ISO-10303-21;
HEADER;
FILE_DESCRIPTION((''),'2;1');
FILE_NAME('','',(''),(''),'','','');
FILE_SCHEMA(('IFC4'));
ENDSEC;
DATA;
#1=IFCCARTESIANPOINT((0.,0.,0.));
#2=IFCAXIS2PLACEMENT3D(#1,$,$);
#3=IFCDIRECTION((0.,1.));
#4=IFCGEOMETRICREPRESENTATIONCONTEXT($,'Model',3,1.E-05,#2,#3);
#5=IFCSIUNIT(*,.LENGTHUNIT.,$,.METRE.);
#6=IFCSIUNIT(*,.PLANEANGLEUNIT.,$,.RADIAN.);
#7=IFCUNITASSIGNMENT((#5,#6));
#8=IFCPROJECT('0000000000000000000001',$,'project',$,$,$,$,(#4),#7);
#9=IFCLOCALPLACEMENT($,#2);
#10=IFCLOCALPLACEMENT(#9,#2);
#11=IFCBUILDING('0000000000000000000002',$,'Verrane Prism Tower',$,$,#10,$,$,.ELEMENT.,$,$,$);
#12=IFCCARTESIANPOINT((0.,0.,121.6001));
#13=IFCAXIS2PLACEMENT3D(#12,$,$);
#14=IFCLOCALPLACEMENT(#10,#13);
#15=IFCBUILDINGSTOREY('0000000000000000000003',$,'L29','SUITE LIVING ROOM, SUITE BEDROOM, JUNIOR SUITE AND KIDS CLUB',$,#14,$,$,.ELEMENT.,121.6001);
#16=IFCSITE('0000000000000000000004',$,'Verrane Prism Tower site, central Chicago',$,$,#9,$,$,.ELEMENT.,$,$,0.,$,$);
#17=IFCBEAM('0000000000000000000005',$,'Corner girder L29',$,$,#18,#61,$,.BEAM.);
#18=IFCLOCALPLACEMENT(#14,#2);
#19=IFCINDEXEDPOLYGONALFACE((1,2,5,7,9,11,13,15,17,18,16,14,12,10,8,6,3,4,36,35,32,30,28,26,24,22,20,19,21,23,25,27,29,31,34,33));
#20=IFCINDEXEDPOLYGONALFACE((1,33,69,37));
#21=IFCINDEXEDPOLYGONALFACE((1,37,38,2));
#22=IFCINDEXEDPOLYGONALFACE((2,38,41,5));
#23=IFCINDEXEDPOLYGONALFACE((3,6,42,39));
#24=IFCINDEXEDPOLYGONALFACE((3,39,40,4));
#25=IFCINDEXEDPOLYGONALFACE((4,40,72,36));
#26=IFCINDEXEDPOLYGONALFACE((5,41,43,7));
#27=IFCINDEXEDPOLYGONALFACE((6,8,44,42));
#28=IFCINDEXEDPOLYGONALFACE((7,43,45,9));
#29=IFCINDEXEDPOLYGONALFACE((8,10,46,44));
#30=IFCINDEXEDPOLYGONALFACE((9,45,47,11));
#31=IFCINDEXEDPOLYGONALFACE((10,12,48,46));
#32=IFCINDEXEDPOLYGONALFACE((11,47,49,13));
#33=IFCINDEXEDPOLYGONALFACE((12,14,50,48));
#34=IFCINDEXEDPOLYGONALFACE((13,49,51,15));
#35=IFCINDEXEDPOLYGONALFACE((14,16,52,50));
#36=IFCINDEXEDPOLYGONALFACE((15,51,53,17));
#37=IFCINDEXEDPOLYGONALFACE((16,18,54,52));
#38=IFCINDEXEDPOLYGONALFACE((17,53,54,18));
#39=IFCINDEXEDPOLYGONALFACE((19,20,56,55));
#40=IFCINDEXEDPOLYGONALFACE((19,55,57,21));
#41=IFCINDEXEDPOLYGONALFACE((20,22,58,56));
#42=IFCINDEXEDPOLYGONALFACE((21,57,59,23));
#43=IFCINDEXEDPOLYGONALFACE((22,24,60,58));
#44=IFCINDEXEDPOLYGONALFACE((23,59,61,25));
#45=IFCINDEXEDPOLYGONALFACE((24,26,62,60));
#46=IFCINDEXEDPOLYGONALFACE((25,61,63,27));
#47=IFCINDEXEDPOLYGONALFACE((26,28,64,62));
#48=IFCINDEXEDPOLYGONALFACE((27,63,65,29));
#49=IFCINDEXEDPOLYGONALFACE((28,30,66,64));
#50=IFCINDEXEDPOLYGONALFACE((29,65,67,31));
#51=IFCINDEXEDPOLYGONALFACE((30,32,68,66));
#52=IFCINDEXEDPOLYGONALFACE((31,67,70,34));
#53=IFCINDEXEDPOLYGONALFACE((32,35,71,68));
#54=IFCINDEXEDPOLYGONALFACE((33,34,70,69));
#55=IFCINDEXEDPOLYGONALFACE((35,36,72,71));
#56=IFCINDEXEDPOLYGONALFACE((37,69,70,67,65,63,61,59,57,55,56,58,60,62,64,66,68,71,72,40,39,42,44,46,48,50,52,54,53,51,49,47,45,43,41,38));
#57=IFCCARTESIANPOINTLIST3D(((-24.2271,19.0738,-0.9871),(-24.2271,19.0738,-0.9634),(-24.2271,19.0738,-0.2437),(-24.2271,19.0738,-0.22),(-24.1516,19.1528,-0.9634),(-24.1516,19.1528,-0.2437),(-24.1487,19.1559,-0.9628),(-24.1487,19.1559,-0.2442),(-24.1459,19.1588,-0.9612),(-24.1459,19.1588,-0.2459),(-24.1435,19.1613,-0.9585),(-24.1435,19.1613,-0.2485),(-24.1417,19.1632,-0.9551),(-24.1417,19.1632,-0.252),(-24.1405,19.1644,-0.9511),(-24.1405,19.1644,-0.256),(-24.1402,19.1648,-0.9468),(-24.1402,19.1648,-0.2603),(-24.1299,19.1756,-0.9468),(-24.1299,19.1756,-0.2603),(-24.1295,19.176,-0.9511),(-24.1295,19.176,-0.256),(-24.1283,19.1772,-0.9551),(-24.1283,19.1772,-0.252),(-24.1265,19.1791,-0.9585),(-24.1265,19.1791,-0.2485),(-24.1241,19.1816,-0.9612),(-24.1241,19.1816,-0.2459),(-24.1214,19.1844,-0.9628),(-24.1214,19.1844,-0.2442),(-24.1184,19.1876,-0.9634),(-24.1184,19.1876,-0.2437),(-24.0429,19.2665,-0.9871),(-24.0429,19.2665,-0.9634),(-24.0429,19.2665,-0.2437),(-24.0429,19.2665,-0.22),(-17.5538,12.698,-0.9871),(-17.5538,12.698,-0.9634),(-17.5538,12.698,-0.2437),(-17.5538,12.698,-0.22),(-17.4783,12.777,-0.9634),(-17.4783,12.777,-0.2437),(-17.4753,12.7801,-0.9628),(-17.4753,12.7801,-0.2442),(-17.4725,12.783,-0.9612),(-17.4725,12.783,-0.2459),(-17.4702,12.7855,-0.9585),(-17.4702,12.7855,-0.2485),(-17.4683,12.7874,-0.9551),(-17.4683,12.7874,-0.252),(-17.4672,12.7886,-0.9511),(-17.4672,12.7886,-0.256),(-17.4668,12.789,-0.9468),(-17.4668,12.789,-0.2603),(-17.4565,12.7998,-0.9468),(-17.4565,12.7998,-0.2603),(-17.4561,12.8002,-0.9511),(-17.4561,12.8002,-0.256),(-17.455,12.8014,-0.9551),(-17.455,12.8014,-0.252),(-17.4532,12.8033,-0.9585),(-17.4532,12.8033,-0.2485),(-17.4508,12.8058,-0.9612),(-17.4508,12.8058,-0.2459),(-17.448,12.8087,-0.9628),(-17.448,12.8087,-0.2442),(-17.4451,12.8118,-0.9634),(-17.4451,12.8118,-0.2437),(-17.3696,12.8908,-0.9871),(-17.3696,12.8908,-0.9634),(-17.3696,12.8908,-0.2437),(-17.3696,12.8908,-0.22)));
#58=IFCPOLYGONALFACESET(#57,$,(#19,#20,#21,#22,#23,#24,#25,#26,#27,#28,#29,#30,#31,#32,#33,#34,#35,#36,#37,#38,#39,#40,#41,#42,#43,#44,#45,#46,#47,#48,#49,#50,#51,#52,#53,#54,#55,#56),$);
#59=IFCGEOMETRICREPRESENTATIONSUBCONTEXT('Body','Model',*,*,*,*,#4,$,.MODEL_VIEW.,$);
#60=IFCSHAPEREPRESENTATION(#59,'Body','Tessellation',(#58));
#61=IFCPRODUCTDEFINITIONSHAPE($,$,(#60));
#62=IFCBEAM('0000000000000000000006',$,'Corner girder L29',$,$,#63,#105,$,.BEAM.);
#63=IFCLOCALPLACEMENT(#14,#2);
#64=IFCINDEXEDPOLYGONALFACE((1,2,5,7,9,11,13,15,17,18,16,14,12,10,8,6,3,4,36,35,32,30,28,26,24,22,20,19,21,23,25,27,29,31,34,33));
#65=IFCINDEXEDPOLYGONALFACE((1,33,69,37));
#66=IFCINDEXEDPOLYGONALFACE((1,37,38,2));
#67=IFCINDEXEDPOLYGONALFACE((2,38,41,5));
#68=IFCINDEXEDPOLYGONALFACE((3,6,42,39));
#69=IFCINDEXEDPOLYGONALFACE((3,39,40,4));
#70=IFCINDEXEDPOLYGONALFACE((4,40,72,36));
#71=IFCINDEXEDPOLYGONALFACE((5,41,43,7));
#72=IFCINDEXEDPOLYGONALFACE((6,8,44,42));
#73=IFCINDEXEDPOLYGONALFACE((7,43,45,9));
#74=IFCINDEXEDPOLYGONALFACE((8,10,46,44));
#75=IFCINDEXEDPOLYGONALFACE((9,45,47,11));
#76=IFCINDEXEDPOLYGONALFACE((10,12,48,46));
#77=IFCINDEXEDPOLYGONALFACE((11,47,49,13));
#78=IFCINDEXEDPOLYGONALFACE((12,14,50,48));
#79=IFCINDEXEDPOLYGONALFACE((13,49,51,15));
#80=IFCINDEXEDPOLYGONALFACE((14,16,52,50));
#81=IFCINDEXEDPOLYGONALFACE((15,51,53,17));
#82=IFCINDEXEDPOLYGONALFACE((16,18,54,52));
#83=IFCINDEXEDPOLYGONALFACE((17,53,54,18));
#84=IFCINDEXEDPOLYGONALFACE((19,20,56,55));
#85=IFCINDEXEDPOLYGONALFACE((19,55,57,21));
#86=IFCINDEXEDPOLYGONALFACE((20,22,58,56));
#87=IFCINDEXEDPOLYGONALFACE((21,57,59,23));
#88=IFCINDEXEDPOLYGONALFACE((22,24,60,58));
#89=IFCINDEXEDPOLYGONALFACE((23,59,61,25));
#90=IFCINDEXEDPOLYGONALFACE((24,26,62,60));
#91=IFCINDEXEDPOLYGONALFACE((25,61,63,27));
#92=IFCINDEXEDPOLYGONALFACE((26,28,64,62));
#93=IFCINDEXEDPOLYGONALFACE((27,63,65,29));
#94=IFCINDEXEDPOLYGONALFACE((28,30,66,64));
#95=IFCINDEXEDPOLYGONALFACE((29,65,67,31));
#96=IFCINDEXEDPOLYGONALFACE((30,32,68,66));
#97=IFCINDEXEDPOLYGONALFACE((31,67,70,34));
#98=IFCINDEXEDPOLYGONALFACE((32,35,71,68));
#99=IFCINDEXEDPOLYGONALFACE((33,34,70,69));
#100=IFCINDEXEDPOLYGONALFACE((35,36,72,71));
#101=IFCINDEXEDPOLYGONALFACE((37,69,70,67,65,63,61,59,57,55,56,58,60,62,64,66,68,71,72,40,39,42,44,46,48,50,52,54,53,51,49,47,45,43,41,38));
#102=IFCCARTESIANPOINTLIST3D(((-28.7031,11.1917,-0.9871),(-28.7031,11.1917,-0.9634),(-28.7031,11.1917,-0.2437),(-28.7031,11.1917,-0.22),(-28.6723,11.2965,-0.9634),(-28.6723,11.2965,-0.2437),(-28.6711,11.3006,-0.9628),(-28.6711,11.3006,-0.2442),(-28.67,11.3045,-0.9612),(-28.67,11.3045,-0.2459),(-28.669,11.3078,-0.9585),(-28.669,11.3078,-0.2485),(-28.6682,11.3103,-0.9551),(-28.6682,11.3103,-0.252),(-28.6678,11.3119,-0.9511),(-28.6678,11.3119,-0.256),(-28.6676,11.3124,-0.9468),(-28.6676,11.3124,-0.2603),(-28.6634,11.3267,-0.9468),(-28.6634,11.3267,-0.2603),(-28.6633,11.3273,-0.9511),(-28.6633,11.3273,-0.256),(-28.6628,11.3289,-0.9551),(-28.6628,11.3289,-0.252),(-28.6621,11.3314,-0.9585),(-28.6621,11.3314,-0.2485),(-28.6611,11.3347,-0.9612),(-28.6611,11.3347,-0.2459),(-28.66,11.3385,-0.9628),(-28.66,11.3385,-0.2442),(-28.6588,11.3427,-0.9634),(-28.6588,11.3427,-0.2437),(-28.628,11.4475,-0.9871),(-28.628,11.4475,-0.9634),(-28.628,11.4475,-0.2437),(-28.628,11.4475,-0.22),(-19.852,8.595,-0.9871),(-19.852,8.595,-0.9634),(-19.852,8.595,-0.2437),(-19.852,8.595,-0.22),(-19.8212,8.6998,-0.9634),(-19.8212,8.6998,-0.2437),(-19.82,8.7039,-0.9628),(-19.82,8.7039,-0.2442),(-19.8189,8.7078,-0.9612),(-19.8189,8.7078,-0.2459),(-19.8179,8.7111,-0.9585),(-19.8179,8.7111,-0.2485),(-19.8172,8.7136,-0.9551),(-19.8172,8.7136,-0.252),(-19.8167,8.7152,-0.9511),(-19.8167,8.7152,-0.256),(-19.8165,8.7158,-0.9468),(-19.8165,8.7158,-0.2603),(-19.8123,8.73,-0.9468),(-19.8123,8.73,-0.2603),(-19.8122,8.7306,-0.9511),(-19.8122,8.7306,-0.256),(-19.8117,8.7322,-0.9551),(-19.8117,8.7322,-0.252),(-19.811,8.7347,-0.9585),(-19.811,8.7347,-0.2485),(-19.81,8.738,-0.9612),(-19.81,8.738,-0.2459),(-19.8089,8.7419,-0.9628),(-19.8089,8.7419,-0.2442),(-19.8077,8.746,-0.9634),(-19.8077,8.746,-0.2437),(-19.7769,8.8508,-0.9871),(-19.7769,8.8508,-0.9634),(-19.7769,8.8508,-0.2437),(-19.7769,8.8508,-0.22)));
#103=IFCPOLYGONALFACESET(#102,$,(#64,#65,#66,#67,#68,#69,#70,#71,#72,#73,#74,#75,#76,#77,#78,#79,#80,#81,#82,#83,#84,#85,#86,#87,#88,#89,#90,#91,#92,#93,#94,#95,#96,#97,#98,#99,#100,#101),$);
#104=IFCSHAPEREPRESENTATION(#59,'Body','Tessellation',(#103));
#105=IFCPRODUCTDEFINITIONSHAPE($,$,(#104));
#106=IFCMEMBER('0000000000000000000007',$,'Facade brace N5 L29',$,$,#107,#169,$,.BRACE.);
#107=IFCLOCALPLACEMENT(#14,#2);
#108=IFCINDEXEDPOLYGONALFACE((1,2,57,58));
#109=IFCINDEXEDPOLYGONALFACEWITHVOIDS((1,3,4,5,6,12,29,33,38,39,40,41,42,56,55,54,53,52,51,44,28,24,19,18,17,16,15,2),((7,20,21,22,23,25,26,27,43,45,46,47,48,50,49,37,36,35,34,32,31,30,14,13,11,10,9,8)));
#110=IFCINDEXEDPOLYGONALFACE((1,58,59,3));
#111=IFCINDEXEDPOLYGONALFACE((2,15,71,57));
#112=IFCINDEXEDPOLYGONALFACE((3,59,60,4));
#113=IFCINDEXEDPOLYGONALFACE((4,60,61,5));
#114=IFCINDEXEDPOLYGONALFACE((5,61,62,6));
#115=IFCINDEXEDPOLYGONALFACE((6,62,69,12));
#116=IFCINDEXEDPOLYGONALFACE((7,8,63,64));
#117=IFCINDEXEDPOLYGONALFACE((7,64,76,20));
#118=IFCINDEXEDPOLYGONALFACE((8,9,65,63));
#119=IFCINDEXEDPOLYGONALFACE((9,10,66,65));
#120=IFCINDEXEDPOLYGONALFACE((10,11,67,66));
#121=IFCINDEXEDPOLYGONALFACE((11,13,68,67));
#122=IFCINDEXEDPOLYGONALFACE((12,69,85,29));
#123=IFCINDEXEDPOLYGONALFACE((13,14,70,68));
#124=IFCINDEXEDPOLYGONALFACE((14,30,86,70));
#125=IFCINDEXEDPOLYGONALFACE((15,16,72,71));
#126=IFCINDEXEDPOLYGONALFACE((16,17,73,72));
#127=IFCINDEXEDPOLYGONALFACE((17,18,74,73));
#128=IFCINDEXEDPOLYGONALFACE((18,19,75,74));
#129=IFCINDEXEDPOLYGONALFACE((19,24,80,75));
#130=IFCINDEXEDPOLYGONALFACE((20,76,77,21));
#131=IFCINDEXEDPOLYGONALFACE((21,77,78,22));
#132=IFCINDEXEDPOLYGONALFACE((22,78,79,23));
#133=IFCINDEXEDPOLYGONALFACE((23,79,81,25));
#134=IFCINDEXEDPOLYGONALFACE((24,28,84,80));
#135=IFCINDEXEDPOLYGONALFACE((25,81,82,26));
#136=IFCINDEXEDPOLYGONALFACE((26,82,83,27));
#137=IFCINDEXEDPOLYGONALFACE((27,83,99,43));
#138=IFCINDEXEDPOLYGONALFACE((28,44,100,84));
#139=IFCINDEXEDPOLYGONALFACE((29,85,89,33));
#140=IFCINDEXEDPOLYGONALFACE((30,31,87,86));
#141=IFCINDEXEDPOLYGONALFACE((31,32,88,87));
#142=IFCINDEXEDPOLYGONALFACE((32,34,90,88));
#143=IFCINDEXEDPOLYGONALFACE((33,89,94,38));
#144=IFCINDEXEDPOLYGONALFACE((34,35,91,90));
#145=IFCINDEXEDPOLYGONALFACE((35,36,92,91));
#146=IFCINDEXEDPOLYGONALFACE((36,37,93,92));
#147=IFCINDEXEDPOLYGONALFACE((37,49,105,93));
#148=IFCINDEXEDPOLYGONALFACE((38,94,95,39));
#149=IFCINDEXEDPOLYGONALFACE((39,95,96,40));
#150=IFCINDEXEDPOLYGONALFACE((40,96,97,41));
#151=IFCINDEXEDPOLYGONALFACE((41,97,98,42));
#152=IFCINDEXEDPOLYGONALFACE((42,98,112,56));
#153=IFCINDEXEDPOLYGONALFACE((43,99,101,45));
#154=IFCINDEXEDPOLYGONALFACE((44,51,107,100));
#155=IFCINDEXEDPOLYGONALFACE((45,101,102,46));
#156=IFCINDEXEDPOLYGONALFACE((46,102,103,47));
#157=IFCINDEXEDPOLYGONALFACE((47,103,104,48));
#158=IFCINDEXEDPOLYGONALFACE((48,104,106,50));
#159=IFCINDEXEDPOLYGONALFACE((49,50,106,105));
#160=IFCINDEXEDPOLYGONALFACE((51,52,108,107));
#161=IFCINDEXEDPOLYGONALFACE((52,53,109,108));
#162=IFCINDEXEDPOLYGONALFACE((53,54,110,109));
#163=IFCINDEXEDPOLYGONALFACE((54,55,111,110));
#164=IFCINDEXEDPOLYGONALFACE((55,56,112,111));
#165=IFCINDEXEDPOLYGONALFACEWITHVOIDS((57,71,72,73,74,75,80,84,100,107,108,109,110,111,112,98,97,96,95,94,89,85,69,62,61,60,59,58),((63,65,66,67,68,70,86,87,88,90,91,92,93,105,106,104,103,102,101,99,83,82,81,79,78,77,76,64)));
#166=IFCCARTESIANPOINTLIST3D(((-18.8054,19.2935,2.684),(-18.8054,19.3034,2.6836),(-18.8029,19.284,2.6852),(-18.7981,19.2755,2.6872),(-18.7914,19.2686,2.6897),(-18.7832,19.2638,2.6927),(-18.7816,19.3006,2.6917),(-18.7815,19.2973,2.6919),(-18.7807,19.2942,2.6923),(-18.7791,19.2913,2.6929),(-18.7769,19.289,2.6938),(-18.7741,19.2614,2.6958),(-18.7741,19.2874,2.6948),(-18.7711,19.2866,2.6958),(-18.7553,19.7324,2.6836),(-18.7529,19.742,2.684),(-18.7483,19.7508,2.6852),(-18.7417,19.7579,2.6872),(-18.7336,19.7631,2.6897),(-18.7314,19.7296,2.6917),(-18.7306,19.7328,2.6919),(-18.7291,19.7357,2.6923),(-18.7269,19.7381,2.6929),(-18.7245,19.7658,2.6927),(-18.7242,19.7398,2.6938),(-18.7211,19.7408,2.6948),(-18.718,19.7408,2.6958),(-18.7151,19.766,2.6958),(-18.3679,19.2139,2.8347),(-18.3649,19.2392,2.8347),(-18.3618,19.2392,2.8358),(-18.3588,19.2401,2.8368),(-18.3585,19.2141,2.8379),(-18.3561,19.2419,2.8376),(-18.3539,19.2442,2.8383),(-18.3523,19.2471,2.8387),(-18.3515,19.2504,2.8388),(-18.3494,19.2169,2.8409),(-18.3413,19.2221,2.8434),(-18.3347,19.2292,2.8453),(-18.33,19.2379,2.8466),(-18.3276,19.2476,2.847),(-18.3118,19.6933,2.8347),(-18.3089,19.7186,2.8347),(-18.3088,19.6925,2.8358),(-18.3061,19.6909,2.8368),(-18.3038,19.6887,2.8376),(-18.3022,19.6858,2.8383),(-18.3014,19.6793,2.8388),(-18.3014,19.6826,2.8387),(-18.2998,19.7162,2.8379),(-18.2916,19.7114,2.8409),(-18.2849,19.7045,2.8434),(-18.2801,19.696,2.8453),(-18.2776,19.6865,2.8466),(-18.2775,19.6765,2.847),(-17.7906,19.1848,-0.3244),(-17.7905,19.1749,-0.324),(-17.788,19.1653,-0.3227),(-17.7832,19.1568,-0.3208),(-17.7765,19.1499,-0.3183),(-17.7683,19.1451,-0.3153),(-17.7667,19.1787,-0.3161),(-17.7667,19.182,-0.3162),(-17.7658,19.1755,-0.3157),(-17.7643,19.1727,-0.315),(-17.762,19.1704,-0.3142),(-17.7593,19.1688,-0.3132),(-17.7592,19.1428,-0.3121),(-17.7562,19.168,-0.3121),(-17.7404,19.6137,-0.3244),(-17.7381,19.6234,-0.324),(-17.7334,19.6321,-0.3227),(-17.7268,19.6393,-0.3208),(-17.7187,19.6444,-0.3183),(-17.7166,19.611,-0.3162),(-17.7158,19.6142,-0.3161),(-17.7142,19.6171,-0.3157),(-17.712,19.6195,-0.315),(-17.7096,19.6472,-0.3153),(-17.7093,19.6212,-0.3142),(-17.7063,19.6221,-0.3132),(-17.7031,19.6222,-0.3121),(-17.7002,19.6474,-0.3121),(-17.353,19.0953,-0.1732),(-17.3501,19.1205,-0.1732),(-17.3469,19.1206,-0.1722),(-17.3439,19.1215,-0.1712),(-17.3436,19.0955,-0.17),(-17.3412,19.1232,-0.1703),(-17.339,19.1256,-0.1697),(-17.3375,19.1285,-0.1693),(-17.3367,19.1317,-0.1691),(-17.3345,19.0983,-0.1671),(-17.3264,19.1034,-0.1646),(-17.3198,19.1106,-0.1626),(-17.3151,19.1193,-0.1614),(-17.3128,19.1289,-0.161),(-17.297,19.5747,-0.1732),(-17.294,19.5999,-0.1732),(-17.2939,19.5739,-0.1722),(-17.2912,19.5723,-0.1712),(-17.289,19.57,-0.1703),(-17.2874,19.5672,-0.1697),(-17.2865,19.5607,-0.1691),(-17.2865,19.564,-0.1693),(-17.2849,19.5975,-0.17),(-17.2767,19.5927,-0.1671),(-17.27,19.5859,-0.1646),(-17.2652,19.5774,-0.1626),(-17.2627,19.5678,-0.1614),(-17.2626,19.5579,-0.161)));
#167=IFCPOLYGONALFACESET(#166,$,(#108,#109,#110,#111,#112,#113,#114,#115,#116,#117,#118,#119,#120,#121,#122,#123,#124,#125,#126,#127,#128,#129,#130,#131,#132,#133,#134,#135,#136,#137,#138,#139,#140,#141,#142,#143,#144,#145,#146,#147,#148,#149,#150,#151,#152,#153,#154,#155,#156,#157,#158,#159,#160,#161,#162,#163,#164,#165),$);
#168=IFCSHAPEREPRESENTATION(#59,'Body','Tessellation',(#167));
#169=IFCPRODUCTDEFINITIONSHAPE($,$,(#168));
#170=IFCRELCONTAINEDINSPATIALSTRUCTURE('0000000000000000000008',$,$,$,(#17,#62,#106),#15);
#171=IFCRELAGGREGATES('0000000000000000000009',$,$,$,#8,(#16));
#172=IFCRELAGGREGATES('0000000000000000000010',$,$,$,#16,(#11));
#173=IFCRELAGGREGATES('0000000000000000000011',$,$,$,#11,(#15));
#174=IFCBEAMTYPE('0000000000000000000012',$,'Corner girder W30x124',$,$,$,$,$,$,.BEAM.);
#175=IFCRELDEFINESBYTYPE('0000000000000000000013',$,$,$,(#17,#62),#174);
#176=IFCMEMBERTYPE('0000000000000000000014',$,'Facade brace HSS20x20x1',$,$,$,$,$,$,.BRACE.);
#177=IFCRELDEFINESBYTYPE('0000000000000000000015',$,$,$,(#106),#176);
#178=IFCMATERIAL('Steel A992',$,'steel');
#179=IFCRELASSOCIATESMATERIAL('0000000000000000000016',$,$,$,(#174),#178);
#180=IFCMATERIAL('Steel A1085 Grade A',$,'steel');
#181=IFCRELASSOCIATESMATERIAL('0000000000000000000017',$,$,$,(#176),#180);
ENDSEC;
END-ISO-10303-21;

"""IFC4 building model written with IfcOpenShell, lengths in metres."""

from ifc_helpers import new_model, si_unit, direction, frame, origin, origin_2d, place, context, subcontext, project, spatial, hollow_rectangle, i_section, extrude, material, material_profile, profile_set, type_object, element, save


model = new_model("IFC4")

# Units and contexts
model_context = context("Model", 3, precision=1e-05, world=origin(), true_north=direction((0.0, 1.0)))
body_context = subcontext(model_context, "Body", "Model", "MODEL_VIEW")
ifc_project = project(units=[si_unit("LENGTHUNIT", "METRE"), si_unit("PLANEANGLEUNIT", "RADIAN")], contexts=[model_context])

# Site, building, storey
site_placement = place(None, origin())
site = spatial("IfcSite", under=ifc_project, at=site_placement, Name="Verrane Prism Tower site, central Chicago", CompositionType="ELEMENT", RefElevation=0.0)
building_placement = place(site_placement, origin())
building = spatial("IfcBuilding", under=site, at=building_placement, Name="Verrane Prism Tower", CompositionType="ELEMENT")
storey_placement = place(building_placement, frame((0.0, 0.0, 121.6001)))
storey = spatial("IfcBuildingStorey", under=building, at=storey_placement, Name="L29", Description="SUITE LIVING ROOM, SUITE BEDROOM, JUNIOR SUITE AND KIDS CLUB", CompositionType="ELEMENT", Elevation=121.6001)

# Beams
ifc_material_1 = material(Name="Steel A992", Category="steel")
ifc_material_profile_1 = material_profile(ifc_material_1, i_section(OverallWidth=0.2666, OverallDepth=0.7671, WebThickness=0.0149, FlangeThickness=0.0237, FilletRadius=0.0166, at=origin_2d()), Name="W30x124")
ifc_profile_set_1 = profile_set([ifc_material_profile_1], Name="Steel A992")
beam_type_1 = type_object("IfcBeamType", Name="Corner girder W30x124", PredefinedType="BEAM", material=ifc_profile_set_1)
beam_1_placement = place(storey_placement, frame((-24.135, 19.1702, -0.6035), z_axis=(0.723046, -0.6908, 0.0), x_axis=(0.6908, 0.723046, 0.0)))
element("IfcBeam", 1, at=beam_1_placement, inside=storey, type_object=beam_type_1, Name="Corner girder L29", PredefinedType="BEAM", context=body_context, shape_type="SweptSolid", body=[
    extrude(i_section(OverallWidth=0.2666, OverallDepth=0.7671, WebThickness=0.0149, FlangeThickness=0.0237, FilletRadius=0.0166, at=origin_2d()), origin(), (0.0, 0.0, 1.0), 9.2295),
])
beam_2_placement = place(storey_placement, frame((-28.6655, 11.3196, -0.6035), z_axis=(0.959558, -0.28151, 0.0), x_axis=(0.28151, 0.959558, 0.0)))
element("IfcBeam", 2, at=beam_2_placement, inside=storey, type_object=beam_type_1, Name="Corner girder L29", PredefinedType="BEAM", context=body_context, shape_type="SweptSolid", body=[
    extrude(i_section(OverallWidth=0.2666, OverallDepth=0.7671, WebThickness=0.0149, FlangeThickness=0.0237, FilletRadius=0.0166, at=origin_2d()), origin(), (0.0, 0.0, 1.0), 9.2241),
])

# Member
ifc_material_2 = material(Name="Steel A1085 Grade A", Category="steel")
ifc_material_profile_2 = material_profile(ifc_material_2, hollow_rectangle(XDim=0.5081, YDim=0.5081, WallThickness=0.0254, InnerFilletRadius=0.0127, OuterFilletRadius=0.0381, at=origin_2d()), Name="HSS20x20x1")
ifc_profile_set_2 = profile_set([ifc_material_profile_2], Name="Steel A1085 Grade A")
member_type_1 = type_object("IfcMemberType", Name="Facade brace HSS20x20x1", PredefinedType="BRACE", material=ifc_profile_set_2)
member_1_placement = place(storey_placement, frame((-17.5266, 19.3713, -0.2427), z_axis=(-0.319463, 0.037349, 0.946862), x_axis=(-0.11612, -0.993235, 0.0)))
element("IfcMember", 3, at=member_1_placement, inside=storey, type_object=member_type_1, Name="Facade brace N5 L29", PredefinedType="BRACE", context=body_context, shape_type="SweptSolid", body=[
    extrude(hollow_rectangle(XDim=0.5081, YDim=0.5081, WallThickness=0.0254, InnerFilletRadius=0.0127, OuterFilletRadius=0.0381, at=origin_2d()), origin(), (0.0, 0.0, 1.0), 3.1768),
])

save(model, "model.ifc")
